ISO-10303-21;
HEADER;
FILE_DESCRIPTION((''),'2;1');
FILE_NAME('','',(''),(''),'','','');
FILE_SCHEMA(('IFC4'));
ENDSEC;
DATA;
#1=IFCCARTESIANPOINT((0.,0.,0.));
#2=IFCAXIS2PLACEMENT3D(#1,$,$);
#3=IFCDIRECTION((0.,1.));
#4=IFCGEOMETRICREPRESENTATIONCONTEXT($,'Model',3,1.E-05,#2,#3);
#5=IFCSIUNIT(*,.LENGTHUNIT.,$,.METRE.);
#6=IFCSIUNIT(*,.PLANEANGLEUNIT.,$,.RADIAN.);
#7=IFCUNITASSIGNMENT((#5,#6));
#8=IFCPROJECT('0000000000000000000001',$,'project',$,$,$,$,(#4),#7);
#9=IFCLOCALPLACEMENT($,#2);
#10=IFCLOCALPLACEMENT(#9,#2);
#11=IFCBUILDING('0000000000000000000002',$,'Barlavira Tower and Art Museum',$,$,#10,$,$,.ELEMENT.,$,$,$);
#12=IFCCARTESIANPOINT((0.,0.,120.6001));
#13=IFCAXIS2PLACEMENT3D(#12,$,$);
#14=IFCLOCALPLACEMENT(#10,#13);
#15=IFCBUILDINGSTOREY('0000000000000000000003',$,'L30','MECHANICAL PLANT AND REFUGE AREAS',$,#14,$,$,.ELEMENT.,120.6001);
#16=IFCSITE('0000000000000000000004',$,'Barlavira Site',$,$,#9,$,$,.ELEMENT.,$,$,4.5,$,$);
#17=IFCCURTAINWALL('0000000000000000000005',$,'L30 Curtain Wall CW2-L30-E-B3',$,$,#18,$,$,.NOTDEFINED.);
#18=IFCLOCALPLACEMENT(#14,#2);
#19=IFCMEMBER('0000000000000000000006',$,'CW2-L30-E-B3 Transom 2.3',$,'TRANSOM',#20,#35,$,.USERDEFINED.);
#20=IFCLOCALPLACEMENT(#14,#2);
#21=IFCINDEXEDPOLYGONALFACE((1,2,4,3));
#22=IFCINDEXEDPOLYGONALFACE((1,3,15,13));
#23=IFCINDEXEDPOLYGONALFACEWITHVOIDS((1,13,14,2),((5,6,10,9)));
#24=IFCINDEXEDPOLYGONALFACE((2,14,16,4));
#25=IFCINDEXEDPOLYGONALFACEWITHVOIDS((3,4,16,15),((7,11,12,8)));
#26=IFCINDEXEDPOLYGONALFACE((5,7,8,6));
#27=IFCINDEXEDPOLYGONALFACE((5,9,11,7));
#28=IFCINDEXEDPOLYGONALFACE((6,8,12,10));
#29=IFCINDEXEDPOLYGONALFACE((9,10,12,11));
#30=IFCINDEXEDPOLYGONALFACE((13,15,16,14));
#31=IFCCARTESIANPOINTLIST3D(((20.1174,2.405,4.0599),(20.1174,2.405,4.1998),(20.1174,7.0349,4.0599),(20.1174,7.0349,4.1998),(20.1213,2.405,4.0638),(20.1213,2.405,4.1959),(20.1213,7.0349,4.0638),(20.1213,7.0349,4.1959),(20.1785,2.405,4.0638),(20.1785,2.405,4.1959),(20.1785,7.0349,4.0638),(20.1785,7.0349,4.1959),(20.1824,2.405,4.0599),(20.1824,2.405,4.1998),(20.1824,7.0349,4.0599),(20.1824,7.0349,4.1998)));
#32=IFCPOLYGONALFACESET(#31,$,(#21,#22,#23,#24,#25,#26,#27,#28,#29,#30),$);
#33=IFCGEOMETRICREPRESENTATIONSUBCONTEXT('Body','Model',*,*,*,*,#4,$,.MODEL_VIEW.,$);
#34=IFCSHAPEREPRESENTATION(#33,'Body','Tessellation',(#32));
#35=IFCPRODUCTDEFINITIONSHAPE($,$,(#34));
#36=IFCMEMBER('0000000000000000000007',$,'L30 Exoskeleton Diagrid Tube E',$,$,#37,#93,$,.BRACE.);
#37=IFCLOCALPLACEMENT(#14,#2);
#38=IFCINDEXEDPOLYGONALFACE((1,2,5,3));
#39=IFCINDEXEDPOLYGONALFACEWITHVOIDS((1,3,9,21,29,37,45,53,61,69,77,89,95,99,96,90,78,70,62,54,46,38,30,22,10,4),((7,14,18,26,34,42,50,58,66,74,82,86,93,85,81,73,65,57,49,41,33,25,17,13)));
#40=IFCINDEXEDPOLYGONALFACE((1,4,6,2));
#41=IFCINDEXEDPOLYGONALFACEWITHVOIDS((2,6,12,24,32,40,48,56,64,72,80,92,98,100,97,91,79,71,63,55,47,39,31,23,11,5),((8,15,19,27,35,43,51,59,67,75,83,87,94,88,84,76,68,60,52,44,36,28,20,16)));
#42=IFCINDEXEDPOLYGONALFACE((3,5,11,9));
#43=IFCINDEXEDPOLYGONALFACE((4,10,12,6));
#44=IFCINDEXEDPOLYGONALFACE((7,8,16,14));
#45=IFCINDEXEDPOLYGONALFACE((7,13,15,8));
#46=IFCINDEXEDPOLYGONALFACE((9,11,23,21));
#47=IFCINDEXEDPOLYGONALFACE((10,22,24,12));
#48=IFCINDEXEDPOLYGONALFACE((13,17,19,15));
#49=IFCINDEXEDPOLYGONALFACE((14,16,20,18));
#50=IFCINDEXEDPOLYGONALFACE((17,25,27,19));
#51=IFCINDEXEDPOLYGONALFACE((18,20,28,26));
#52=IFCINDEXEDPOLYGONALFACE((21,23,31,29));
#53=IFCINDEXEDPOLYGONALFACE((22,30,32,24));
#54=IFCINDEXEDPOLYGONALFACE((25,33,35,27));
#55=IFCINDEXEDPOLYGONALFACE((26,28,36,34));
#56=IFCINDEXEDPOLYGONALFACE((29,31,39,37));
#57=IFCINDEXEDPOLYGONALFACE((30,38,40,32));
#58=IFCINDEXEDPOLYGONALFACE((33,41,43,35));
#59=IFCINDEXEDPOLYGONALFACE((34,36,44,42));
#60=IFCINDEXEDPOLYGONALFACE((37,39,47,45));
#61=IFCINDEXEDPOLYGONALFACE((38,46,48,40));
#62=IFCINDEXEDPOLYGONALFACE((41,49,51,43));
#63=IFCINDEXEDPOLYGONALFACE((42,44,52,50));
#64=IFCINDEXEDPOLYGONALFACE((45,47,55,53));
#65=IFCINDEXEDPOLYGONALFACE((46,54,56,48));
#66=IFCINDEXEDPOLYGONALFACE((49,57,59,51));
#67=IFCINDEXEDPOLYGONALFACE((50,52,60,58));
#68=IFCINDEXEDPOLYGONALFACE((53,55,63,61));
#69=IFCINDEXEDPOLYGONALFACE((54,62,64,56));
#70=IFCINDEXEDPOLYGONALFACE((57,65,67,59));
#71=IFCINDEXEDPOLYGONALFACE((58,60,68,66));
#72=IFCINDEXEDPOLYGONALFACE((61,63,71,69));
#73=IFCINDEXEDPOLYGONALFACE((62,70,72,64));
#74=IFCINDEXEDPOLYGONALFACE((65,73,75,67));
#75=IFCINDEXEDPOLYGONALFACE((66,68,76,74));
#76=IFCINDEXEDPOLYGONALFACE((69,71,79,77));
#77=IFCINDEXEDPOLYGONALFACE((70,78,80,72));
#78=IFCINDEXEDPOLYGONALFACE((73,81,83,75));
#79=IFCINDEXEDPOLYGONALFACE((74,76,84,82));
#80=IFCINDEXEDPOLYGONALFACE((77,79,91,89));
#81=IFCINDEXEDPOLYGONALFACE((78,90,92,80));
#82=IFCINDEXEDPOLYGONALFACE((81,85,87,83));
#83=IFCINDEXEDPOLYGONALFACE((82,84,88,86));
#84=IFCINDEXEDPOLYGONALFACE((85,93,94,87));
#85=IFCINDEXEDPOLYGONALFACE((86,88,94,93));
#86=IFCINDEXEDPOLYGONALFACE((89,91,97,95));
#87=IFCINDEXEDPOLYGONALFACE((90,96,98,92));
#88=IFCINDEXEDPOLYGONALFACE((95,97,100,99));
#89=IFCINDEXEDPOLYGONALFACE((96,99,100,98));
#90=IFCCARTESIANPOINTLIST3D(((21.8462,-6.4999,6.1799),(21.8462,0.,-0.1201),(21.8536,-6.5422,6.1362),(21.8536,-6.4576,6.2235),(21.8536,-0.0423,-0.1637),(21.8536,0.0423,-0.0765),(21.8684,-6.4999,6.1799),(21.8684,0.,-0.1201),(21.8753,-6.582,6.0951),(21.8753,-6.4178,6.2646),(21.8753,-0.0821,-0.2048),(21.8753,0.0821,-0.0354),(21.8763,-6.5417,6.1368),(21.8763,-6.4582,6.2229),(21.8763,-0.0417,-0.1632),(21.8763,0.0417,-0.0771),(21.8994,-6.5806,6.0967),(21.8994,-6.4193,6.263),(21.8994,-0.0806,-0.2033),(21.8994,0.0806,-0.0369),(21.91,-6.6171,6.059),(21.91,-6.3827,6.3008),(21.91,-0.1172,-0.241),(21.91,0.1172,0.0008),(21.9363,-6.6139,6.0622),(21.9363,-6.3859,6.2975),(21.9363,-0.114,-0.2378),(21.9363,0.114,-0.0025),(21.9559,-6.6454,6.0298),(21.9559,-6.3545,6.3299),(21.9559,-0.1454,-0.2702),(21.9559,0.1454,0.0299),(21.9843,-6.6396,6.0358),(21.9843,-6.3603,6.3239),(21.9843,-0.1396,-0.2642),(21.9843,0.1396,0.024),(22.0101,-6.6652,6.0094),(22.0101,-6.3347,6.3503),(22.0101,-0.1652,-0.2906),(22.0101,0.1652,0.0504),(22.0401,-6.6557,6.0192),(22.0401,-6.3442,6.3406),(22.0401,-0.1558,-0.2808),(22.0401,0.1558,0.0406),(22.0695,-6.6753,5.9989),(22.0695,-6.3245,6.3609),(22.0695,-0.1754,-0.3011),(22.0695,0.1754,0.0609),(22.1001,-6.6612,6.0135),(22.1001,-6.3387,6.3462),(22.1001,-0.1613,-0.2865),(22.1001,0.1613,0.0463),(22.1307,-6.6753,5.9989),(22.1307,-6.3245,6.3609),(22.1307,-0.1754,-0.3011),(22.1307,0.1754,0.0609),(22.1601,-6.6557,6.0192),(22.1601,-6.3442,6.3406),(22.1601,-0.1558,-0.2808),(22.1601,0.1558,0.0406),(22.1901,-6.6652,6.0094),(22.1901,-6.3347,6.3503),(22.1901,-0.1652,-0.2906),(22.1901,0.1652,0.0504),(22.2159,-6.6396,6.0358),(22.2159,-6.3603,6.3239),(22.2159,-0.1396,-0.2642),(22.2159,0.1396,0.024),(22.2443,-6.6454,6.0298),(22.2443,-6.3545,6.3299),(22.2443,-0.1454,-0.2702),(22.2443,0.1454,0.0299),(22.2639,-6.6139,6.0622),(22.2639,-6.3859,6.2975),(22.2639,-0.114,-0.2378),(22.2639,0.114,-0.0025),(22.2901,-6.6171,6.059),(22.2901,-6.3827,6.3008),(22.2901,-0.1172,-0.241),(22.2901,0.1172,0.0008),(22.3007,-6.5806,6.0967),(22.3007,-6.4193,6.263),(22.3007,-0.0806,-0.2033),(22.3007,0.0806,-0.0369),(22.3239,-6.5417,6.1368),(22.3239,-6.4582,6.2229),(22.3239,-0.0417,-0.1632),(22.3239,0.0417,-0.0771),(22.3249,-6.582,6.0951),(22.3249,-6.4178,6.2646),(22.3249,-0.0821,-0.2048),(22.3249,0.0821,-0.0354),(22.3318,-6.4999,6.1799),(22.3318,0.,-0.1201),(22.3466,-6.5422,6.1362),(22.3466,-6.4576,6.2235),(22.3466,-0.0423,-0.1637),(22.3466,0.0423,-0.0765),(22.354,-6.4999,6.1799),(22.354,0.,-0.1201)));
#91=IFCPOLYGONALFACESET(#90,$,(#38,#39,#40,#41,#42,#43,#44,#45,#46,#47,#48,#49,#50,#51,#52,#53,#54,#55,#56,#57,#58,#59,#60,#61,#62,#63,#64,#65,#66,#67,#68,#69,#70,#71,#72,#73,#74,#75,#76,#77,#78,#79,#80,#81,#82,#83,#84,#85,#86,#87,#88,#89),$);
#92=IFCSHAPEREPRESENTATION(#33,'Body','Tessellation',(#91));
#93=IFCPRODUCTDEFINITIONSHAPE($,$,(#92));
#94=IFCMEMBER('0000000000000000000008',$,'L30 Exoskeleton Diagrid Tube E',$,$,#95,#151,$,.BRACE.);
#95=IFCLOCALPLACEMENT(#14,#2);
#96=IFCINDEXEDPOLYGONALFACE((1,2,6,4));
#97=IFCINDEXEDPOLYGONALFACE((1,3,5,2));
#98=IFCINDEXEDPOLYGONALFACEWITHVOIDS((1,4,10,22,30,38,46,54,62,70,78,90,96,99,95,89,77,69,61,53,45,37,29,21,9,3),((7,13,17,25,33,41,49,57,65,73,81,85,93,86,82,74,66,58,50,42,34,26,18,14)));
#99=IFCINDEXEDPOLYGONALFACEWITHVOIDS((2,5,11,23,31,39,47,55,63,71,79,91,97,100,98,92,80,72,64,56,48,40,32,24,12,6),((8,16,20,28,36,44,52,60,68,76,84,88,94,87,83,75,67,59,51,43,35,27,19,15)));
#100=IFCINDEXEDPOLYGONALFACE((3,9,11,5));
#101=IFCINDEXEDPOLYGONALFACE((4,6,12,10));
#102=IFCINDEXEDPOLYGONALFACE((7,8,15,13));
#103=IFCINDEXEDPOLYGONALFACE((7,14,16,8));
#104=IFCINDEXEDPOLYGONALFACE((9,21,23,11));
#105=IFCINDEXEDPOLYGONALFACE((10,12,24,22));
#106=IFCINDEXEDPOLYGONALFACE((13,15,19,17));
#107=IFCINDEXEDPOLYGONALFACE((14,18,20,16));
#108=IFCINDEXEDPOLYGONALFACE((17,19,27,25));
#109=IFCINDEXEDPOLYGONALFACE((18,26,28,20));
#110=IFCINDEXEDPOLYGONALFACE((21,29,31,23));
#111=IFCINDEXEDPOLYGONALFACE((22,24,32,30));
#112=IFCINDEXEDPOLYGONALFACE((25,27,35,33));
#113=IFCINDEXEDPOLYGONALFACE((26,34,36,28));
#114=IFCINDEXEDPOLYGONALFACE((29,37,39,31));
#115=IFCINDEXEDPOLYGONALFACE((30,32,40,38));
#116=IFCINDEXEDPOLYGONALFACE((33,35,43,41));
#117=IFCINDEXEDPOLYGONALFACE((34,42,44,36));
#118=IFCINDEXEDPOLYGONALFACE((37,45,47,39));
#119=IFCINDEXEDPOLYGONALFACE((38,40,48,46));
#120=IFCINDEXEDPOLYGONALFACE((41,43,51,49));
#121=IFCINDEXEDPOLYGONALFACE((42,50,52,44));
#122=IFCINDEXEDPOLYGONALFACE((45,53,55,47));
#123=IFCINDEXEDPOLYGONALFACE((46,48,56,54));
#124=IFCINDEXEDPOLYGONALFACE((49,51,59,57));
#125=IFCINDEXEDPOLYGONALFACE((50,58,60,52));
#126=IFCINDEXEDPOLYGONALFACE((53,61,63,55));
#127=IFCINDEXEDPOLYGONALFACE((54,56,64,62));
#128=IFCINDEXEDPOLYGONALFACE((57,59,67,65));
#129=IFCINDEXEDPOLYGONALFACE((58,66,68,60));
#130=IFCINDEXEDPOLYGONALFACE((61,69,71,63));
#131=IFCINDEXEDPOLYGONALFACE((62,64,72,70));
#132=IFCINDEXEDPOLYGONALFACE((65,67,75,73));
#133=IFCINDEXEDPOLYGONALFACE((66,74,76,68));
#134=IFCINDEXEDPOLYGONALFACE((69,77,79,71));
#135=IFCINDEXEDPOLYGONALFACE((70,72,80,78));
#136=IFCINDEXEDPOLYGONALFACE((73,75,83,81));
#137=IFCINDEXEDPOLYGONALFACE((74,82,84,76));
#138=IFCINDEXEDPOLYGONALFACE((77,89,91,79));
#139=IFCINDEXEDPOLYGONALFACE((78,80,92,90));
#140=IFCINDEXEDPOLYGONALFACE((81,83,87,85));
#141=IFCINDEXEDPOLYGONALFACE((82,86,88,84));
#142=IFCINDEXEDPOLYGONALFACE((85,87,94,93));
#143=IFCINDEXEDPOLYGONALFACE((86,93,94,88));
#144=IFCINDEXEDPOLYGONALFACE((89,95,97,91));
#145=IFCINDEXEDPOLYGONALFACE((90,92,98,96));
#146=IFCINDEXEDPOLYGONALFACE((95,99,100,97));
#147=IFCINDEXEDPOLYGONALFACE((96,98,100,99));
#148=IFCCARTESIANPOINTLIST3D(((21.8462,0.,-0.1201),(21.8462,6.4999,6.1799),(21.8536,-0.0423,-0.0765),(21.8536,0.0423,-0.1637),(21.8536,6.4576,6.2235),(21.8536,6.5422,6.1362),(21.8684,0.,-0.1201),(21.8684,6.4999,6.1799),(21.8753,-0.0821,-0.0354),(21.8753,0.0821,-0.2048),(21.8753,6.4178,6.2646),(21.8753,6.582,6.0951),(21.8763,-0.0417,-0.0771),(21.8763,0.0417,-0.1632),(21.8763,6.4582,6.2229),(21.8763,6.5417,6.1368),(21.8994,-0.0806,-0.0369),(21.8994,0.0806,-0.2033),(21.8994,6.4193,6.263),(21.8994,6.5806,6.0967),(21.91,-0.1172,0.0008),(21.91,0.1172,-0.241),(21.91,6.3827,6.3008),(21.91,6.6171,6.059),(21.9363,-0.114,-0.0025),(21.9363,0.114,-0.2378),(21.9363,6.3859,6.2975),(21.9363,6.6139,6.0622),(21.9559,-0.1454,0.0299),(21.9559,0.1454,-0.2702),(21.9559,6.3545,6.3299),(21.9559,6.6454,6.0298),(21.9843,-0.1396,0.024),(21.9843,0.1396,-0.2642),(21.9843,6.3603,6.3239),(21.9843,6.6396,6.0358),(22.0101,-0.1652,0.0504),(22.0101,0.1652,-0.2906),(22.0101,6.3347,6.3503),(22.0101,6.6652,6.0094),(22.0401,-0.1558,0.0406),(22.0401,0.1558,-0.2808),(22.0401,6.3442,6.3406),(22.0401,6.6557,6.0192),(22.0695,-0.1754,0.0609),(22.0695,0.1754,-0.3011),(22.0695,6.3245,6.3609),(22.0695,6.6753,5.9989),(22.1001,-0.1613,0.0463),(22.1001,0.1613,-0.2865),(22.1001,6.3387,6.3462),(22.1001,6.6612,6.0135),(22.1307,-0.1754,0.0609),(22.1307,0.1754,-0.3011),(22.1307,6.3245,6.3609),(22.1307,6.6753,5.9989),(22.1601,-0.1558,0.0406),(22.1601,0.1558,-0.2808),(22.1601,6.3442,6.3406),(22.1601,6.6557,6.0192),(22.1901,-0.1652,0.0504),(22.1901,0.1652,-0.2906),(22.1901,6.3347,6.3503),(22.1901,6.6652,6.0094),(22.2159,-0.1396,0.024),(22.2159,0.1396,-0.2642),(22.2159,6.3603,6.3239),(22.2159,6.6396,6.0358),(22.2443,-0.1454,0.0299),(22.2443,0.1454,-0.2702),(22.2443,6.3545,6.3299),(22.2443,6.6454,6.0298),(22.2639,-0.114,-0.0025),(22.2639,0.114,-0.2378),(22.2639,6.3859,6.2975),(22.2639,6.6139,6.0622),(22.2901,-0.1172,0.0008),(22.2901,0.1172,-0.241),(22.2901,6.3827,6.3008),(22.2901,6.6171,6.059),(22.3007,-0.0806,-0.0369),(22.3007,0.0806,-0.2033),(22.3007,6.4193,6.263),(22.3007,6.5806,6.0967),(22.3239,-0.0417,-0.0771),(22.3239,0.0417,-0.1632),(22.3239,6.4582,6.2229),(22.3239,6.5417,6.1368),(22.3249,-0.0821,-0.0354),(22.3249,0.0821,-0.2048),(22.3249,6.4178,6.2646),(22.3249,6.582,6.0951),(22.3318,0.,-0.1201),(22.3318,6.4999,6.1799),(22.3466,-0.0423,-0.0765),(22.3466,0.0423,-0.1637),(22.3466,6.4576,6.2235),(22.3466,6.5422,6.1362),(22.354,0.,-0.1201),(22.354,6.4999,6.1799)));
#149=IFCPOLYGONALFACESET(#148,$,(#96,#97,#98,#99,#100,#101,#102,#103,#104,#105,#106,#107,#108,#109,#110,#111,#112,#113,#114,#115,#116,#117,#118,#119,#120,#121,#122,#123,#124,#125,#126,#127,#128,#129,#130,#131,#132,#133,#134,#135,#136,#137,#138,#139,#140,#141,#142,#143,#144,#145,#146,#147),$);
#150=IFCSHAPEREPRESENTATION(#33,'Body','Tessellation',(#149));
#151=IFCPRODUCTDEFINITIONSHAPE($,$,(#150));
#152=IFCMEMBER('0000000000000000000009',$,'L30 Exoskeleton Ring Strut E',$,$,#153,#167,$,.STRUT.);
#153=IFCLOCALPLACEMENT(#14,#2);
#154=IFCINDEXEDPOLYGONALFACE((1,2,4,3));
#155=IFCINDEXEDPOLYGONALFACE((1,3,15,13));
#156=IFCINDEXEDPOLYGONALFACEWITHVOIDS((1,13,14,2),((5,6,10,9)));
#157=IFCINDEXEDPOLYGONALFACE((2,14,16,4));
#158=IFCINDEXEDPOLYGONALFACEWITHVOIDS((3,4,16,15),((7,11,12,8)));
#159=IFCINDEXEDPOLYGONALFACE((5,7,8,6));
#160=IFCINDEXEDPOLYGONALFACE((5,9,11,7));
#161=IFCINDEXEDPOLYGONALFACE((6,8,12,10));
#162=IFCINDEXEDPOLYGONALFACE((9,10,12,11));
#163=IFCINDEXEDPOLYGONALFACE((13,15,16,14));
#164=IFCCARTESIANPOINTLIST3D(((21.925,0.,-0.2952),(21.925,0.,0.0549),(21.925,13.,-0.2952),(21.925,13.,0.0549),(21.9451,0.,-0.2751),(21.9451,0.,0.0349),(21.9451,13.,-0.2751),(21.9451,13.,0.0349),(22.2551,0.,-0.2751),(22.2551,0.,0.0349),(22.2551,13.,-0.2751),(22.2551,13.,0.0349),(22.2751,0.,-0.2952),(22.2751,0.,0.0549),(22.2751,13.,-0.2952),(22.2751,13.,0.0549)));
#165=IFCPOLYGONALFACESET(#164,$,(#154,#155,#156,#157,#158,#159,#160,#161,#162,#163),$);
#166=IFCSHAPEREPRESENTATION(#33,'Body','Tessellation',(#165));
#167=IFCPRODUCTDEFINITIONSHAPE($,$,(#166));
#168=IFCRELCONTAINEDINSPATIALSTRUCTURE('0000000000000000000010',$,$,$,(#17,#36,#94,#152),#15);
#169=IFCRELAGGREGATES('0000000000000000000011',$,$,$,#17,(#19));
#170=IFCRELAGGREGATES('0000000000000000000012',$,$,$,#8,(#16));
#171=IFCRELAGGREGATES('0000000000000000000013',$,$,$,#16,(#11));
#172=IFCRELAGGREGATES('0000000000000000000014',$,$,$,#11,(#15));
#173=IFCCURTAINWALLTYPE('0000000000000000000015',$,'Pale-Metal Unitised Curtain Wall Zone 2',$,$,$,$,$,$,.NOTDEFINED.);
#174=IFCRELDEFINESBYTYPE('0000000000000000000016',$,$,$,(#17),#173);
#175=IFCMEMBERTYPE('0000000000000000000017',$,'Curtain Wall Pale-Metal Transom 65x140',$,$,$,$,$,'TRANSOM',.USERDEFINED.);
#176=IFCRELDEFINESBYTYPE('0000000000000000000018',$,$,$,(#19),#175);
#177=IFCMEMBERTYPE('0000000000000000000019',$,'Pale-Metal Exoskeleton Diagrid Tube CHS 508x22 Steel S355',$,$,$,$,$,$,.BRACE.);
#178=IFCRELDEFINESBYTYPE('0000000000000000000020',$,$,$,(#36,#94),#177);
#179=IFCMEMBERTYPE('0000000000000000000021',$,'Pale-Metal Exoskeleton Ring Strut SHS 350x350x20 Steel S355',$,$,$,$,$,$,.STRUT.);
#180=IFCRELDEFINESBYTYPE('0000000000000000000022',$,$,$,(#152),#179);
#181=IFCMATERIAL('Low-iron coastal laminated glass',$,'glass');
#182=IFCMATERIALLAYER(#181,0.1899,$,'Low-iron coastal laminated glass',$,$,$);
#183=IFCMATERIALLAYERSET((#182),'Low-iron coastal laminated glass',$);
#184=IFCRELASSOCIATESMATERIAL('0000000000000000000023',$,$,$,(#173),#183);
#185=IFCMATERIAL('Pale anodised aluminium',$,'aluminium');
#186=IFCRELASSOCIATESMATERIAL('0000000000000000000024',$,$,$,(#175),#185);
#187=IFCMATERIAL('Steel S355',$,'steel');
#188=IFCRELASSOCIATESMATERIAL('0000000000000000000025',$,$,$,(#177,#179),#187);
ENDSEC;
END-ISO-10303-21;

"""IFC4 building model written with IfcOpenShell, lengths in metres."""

from ifc_helpers import new_model, si_unit, direction, frame, origin, origin_2d, place, context, subcontext, project, spatial, hollow_rectangle, hollow_circle, extrude, material, layer, layer_set, material_profile, profile_set, type_object, element, aggregate, save


model = new_model("IFC4")

# Units and contexts
model_context = context("Model", 3, precision=1e-05, world=origin(), true_north=direction((0.0, 1.0)))
body_context = subcontext(model_context, "Body", "Model", "MODEL_VIEW")
ifc_project = project(units=[si_unit("LENGTHUNIT", "METRE"), si_unit("PLANEANGLEUNIT", "RADIAN")], contexts=[model_context])

# Site, building, storey
site_placement = place(None, origin())
site = spatial("IfcSite", under=ifc_project, at=site_placement, Name="Barlavira Site", CompositionType="ELEMENT", RefElevation=4.5)
building_placement = place(site_placement, origin())
building = spatial("IfcBuilding", under=site, at=building_placement, Name="Barlavira Tower and Art Museum", CompositionType="ELEMENT")
storey_placement = place(building_placement, frame((0.0, 0.0, 120.6001)))
storey = spatial("IfcBuildingStorey", under=building, at=storey_placement, Name="L30", Description="MECHANICAL PLANT AND REFUGE AREAS", CompositionType="ELEMENT", Elevation=120.6001)

# Shared definitions
ifc_material_1 = material(Name="Steel S355", Category="steel")

# Curtain wall, member
ifc_material_2 = material(Name="Low-iron coastal laminated glass", Category="glass")
ifc_layer_1 = layer(ifc_material_2, 0.1899, Name="Low-iron coastal laminated glass")
ifc_layer_set_1 = layer_set([ifc_layer_1], Name="Low-iron coastal laminated glass")
curtain_wall_type = type_object("IfcCurtainWallType", Name="Pale-Metal Unitised Curtain Wall Zone 2", PredefinedType="NOTDEFINED", material=ifc_layer_set_1)
curtain_wall_placement = place(storey_placement, origin())
curtain_wall = element("IfcCurtainWall", 1, at=curtain_wall_placement, inside=storey, type_object=curtain_wall_type, Name="L30 Curtain Wall CW2-L30-E-B3", PredefinedType="NOTDEFINED")
ifc_material_3 = material(Name="Pale anodised aluminium", Category="aluminium")
ifc_material_profile_1 = material_profile(ifc_material_3, hollow_rectangle(XDim=0.0649, YDim=0.1399, WallThickness=0.0039, at=origin_2d()), Name="ALU-TRAN 65x140x4")
ifc_profile_set_1 = profile_set([ifc_material_profile_1], Name="Pale anodised aluminium")
member_type_1 = type_object("IfcMemberType", Name="Curtain Wall Pale-Metal Transom 65x140", ElementType="TRANSOM", PredefinedType="USERDEFINED", material=ifc_profile_set_1)
member_1_placement = place(storey_placement, frame((20.1499, 2.405, 4.1299), z_axis=(0.0, 1.0, 0.0), x_axis=(-1.0, 0.0, 0.0)))
member_1 = element("IfcMember", 2, at=member_1_placement, type_object=member_type_1, Name="CW2-L30-E-B3 Transom 2.3", ObjectType="TRANSOM", PredefinedType="USERDEFINED", context=body_context, shape_type="SweptSolid", body=[
    extrude(hollow_rectangle(XDim=0.0649, YDim=0.1399, WallThickness=0.0039, at=origin_2d()), origin(), (0.0, 0.0, 1.0), 4.6299),
])

# Members
ifc_material_profile_2 = material_profile(ifc_material_1, hollow_circle(Radius=0.2539, WallThickness=0.0222, at=origin_2d()), Name="CHS 508.0x22.2")
ifc_profile_set_2 = profile_set([ifc_material_profile_2], Name="Steel S355")
member_type_2 = type_object("IfcMemberType", Name="Pale-Metal Exoskeleton Diagrid Tube CHS 508x22 Steel S355", PredefinedType="BRACE", material=ifc_profile_set_2)
for number, where, z_axis, x_axis, name in (
    (3, (22.1001, 0.0, -0.1201), (0.0, -0.718065, 0.695976), (1.0, 0.0, 0.0), "L30 Exoskeleton Diagrid Tube E"),
    (4, (22.1001, 0.0, -0.1201), (0.0, 0.718065, 0.695976), (-1.0, 0.0, 0.0), "L30 Exoskeleton Diagrid Tube E"),
):
    element("IfcMember", number, at=place(storey_placement, frame(where, z_axis=z_axis, x_axis=x_axis)), inside=storey, type_object=member_type_2, Name=name, PredefinedType="BRACE", context=body_context, shape_type="SweptSolid", body=[
        extrude(hollow_circle(Radius=0.2539, WallThickness=0.0222, at=origin_2d()), origin(), (0.0, 0.0, 1.0), 9.052),
    ])
ifc_material_profile_3 = material_profile(ifc_material_1, hollow_rectangle(XDim=0.3501, YDim=0.3501, WallThickness=0.02, at=origin_2d()), Name="SHS 350x350x20.0")
ifc_profile_set_3 = profile_set([ifc_material_profile_3], Name="Steel S355")
member_type_3 = type_object("IfcMemberType", Name="Pale-Metal Exoskeleton Ring Strut SHS 350x350x20 Steel S355", PredefinedType="STRUT", material=ifc_profile_set_3)
member_2_placement = place(storey_placement, frame((22.1001, 0.0, -0.1201), z_axis=(0.0, 1.0, 0.0), x_axis=(-1.0, 0.0, 0.0)))
element("IfcMember", 5, at=member_2_placement, inside=storey, type_object=member_type_3, Name="L30 Exoskeleton Ring Strut E", PredefinedType="STRUT", context=body_context, shape_type="SweptSolid", body=[
    extrude(hollow_rectangle(XDim=0.3501, YDim=0.3501, WallThickness=0.02, at=origin_2d()), origin(), (0.0, 0.0, 1.0), 13.0),
])

aggregate(curtain_wall, [member_1])

save(model, "model.ifc")
